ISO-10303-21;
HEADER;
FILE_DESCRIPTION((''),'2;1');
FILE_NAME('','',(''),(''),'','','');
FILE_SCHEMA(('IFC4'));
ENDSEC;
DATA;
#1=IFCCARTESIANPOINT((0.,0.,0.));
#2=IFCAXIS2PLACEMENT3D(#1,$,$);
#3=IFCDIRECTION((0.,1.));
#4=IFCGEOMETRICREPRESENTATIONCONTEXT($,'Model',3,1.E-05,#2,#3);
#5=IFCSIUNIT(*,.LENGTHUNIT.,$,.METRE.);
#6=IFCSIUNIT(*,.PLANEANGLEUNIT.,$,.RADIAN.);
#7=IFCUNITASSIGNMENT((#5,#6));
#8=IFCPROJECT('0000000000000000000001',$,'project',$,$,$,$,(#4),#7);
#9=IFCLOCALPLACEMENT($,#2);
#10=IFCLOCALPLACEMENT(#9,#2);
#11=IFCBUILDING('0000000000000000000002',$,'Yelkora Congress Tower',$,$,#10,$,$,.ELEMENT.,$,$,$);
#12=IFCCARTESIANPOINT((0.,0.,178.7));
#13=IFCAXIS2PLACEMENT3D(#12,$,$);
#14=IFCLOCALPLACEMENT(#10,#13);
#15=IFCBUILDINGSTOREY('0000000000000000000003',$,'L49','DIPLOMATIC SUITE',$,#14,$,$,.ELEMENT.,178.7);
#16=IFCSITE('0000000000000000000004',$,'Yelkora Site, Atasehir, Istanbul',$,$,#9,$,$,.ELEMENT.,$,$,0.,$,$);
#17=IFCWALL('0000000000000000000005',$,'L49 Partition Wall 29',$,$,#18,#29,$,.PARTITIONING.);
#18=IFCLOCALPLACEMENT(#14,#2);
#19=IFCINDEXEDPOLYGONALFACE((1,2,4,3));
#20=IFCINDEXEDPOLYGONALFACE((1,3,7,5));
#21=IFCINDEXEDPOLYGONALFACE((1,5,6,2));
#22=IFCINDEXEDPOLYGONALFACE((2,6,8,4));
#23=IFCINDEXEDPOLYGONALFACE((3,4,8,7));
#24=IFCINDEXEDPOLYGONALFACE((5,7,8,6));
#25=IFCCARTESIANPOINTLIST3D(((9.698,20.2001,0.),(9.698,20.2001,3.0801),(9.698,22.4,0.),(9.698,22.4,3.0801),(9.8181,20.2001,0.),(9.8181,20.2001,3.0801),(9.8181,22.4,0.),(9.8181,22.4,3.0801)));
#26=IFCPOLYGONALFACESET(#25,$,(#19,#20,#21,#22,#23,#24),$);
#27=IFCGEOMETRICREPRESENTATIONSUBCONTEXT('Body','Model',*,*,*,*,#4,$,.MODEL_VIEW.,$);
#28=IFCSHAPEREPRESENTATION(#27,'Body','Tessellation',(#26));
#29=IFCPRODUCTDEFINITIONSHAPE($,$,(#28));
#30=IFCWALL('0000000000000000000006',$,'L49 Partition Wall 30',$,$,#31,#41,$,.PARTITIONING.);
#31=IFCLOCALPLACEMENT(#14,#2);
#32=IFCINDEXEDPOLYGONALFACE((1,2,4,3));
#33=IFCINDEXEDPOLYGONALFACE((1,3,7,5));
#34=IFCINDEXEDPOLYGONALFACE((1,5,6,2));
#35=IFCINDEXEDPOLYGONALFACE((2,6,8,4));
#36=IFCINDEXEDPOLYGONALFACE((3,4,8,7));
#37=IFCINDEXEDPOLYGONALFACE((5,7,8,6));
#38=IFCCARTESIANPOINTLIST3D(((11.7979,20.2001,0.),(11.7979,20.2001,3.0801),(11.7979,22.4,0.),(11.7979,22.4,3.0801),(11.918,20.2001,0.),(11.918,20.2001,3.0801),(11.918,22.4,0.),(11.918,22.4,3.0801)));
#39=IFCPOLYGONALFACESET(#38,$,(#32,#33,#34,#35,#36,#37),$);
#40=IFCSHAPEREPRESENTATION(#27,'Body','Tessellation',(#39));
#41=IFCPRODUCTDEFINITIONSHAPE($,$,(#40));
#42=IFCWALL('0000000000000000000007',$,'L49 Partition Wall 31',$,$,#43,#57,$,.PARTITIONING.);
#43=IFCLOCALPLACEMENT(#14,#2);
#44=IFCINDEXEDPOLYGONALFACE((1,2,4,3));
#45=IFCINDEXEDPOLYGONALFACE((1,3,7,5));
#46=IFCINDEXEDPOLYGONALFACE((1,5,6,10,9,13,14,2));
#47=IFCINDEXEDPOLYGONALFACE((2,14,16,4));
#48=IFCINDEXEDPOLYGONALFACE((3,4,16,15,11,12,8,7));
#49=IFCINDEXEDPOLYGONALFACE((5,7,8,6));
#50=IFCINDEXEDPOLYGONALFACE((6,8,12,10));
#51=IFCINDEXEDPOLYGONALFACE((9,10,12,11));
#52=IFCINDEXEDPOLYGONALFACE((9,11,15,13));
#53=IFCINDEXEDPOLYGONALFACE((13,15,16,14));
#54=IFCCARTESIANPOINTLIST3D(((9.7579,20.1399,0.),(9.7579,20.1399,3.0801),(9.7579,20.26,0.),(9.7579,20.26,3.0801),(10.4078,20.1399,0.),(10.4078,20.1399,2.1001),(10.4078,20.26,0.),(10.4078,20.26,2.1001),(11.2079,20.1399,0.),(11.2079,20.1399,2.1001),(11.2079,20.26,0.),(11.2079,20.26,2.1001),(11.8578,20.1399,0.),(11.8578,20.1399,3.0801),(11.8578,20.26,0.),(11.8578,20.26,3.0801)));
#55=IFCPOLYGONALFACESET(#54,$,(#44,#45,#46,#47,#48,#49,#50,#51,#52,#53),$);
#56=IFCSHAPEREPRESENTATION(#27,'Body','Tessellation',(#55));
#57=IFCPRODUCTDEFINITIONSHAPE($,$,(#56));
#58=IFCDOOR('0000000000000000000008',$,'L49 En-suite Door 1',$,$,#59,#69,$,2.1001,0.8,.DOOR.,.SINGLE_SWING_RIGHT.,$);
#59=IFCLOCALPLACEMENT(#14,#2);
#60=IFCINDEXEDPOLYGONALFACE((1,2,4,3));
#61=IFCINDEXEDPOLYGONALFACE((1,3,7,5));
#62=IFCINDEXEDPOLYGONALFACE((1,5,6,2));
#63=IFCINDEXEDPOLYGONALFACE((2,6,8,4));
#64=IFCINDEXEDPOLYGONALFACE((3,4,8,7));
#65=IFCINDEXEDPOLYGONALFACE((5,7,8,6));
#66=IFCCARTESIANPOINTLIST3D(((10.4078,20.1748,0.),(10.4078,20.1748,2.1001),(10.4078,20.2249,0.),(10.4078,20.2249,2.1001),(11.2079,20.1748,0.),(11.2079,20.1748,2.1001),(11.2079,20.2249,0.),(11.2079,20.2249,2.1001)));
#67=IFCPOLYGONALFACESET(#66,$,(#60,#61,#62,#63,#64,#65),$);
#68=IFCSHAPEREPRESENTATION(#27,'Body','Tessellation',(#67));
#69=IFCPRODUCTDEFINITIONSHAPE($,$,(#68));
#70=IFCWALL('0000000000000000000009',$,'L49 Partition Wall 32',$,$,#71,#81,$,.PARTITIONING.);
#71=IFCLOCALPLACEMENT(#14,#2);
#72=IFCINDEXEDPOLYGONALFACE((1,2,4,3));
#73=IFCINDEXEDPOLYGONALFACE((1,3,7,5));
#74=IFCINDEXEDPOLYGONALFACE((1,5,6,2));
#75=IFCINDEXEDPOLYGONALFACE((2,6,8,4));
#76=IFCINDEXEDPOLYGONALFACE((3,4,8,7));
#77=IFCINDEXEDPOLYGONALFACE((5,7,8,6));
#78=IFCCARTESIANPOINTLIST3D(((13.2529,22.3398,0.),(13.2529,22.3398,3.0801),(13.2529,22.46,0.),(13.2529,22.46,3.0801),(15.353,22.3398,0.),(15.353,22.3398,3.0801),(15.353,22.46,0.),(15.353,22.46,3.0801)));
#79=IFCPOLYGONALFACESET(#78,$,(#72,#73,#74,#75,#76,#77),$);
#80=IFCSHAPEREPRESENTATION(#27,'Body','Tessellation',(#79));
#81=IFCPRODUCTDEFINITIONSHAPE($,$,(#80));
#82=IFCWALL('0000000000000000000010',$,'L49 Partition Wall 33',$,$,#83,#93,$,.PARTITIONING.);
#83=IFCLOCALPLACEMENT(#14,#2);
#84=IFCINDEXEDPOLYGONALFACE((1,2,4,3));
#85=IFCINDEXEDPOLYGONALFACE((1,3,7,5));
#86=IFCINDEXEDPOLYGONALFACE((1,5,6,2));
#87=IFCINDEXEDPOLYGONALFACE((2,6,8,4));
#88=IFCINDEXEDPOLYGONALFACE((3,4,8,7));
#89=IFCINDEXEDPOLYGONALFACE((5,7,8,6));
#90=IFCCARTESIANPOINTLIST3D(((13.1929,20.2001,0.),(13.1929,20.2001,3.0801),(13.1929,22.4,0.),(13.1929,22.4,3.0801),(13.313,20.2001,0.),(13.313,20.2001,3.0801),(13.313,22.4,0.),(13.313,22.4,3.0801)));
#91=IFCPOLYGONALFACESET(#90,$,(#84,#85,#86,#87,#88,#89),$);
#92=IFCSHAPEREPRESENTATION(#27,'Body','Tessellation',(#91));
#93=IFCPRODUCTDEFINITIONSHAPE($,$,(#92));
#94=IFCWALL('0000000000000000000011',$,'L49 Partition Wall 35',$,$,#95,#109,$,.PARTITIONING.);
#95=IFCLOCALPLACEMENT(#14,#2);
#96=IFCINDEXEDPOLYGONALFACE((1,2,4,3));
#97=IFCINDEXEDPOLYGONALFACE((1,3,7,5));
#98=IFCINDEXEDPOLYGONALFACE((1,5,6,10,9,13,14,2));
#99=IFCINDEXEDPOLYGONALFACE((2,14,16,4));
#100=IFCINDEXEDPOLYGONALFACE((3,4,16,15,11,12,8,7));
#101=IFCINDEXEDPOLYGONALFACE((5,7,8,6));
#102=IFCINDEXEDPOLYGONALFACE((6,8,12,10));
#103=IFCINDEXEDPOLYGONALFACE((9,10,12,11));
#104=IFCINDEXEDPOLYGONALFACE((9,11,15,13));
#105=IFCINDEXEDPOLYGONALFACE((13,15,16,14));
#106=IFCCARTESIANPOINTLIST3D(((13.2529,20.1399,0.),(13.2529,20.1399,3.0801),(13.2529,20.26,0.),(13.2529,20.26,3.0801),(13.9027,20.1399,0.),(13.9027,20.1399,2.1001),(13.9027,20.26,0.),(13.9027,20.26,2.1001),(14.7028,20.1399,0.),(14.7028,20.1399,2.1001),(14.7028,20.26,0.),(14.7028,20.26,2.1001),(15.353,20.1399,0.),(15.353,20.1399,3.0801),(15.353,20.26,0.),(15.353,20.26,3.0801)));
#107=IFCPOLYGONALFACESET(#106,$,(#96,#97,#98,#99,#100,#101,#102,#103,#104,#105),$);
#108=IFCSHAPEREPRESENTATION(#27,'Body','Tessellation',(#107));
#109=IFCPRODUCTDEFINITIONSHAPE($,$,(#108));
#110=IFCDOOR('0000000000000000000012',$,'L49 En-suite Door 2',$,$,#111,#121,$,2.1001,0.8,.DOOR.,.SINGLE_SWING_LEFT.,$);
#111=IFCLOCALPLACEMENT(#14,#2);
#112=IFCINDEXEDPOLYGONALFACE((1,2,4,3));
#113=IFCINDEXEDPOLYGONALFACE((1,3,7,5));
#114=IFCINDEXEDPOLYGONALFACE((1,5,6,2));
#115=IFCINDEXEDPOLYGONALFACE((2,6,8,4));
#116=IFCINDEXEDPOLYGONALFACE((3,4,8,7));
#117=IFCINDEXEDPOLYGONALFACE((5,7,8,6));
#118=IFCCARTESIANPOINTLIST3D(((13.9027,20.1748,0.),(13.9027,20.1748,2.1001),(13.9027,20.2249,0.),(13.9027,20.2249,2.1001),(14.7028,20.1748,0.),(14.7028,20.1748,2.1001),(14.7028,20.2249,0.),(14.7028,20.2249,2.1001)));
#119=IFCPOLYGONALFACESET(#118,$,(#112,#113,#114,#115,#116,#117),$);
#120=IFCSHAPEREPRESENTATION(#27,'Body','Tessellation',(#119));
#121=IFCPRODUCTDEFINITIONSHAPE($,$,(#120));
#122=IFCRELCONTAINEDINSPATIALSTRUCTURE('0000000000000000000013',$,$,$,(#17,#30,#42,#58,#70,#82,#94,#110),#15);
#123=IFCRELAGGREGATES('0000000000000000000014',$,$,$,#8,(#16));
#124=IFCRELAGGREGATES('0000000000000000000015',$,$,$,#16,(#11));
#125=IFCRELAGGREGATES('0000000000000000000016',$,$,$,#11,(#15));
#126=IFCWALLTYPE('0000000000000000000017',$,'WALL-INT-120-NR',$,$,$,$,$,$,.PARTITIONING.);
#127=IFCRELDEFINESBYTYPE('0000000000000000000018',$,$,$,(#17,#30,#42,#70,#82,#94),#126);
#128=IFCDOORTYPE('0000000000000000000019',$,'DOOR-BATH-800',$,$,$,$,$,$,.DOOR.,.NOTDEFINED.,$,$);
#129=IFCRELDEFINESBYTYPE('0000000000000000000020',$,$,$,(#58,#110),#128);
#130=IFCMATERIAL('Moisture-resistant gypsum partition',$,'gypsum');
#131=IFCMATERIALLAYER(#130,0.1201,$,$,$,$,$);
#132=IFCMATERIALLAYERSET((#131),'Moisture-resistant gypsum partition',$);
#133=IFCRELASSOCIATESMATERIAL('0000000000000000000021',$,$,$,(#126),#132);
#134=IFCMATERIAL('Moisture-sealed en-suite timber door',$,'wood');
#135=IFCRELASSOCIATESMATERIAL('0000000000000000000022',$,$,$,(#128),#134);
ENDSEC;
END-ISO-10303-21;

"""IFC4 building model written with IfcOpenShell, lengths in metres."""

from ifc_helpers import new_model, si_unit, direction, frame, frame_2d, origin, place, context, subcontext, project, spatial, rectangle, extrude, material, layer, layer_set, type_object, element, fill, save


model = new_model("IFC4")

# Units and contexts
model_context = context("Model", 3, precision=1e-05, world=origin(), true_north=direction((0.0, 1.0)))
body_context = subcontext(model_context, "Body", "Model", "MODEL_VIEW")
ifc_project = project(units=[si_unit("LENGTHUNIT", "METRE"), si_unit("PLANEANGLEUNIT", "RADIAN")], contexts=[model_context])

# Site, building, storey
site_placement = place(None, origin())
site = spatial("IfcSite", under=ifc_project, at=site_placement, Name="Yelkora Site, Atasehir, Istanbul", CompositionType="ELEMENT", RefElevation=0.0)
building_placement = place(site_placement, origin())
building = spatial("IfcBuilding", under=site, at=building_placement, Name="Yelkora Congress Tower", CompositionType="ELEMENT")
storey_placement = place(building_placement, frame((0.0, 0.0, 178.7)))
storey = spatial("IfcBuildingStorey", under=building, at=storey_placement, Name="L49", Description="DIPLOMATIC SUITE", CompositionType="ELEMENT", Elevation=178.7)

# Walls
ifc_material_1 = material(Name="Moisture-resistant gypsum partition", Category="gypsum")
ifc_layer_1 = layer(ifc_material_1, 0.1201)
ifc_layer_set_1 = layer_set([ifc_layer_1], Name="Moisture-resistant gypsum partition")
wall_type = type_object("IfcWallType", Name="WALL-INT-120-NR", PredefinedType="PARTITIONING", material=ifc_layer_set_1)
for number, where, z_axis, x_axis, name in (
    (1, (9.7581, 20.2, 0.0), (0.0, 0.0, 1.0), (0.0, 1.0, 0.0), "L49 Partition Wall 29"),
    (2, (11.8579, 20.2, 0.0), (0.0, 0.0, 1.0), (0.0, 1.0, 0.0), "L49 Partition Wall 30"),
):
    element("IfcWall", number, at=place(storey_placement, frame(where, z_axis=z_axis, x_axis=x_axis)), inside=storey, type_object=wall_type, Name=name, PredefinedType="PARTITIONING", context=body_context, shape_type="SweptSolid", body=[
        extrude(rectangle(XDim=2.2, YDim=0.1201, at=frame_2d((1.1001, 0.0))), origin(), (0.0, 0.0, 1.0), 3.0801),
    ])

# Wall, opening, door
wall_1_placement = place(storey_placement, frame((9.7581, 20.2, 0.0), z_axis=(0.0, 0.0, 1.0), x_axis=(1.0, 0.0, 0.0)))
wall_1 = element("IfcWall", 3, at=wall_1_placement, inside=storey, type_object=wall_type, Name="L49 Partition Wall 31", PredefinedType="PARTITIONING", context=body_context, shape_type="SweptSolid", body=[
    extrude(rectangle(XDim=2.0999, YDim=0.1201, at=frame_2d((1.0498, 0.0))), origin(), (0.0, 0.0, 1.0), 3.0801),
])
opening_1_placement = place(wall_1_placement, frame((0.6499, 0.0, 0.0)))
opening_1 = element("IfcOpeningElement", 4, at=opening_1_placement, cuts=wall_1, PredefinedType="OPENING", context=body_context, shape_type="SweptSolid", body=[
    extrude(rectangle(XDim=0.8, YDim=2.1001, at=frame_2d((0.3999, 1.05))), frame((0.0, 0.0701, 0.0), z_axis=(0.0, -1.0, 0.0), x_axis=(1.0, 0.0, 0.0)), (0.0, 0.0, 1.0), 0.1401),
])
ifc_material_2 = material(Name="Moisture-sealed en-suite timber door", Category="wood")
door_type = type_object("IfcDoorType", Name="DOOR-BATH-800", OperationType="NOTDEFINED", PredefinedType="DOOR", material=ifc_material_2)
door_1_placement = place(opening_1_placement, origin())
door_1 = element("IfcDoor", 5, at=door_1_placement, inside=storey, type_object=door_type, Name="L49 En-suite Door 1", OperationType="SINGLE_SWING_RIGHT", OverallHeight=2.1001, OverallWidth=0.8, PredefinedType="DOOR", context=body_context, shape_type="SweptSolid", body=[
    extrude(rectangle(XDim=0.8, YDim=2.1001, at=frame_2d((0.3999, 1.05))), frame((0.0, 0.0249, 0.0), z_axis=(0.0, -1.0, 0.0), x_axis=(1.0, 0.0, 0.0)), (0.0, 0.0, 1.0), 0.05),
])
fill(opening_1, door_1)

# Walls
wall_2_placement = place(storey_placement, frame((13.2529, 22.3999, 0.0), z_axis=(0.0, 0.0, 1.0), x_axis=(1.0, 0.0, 0.0)))
element("IfcWall", 6, at=wall_2_placement, inside=storey, type_object=wall_type, Name="L49 Partition Wall 32", PredefinedType="PARTITIONING", context=body_context, shape_type="SweptSolid", body=[
    extrude(rectangle(XDim=2.1001, YDim=0.1201, at=frame_2d((1.05, 0.0))), origin(), (0.0, 0.0, 1.0), 3.0801),
])
wall_3_placement = place(storey_placement, frame((13.2529, 20.2, 0.0), z_axis=(0.0, 0.0, 1.0), x_axis=(0.0, 1.0, 0.0)))
element("IfcWall", 7, at=wall_3_placement, inside=storey, type_object=wall_type, Name="L49 Partition Wall 33", PredefinedType="PARTITIONING", context=body_context, shape_type="SweptSolid", body=[
    extrude(rectangle(XDim=2.2, YDim=0.1201, at=frame_2d((1.1001, 0.0))), origin(), (0.0, 0.0, 1.0), 3.0801),
])

# Wall, opening, door
wall_4_placement = place(storey_placement, frame((13.2529, 20.2, 0.0), z_axis=(0.0, 0.0, 1.0), x_axis=(1.0, 0.0, 0.0)))
wall_4 = element("IfcWall", 8, at=wall_4_placement, inside=storey, type_object=wall_type, Name="L49 Partition Wall 35", PredefinedType="PARTITIONING", context=body_context, shape_type="SweptSolid", body=[
    extrude(rectangle(XDim=2.1001, YDim=0.1201, at=frame_2d((1.05, 0.0))), origin(), (0.0, 0.0, 1.0), 3.0801),
])
opening_2_placement = place(wall_4_placement, frame((0.6499, 0.0, 0.0)))
opening_2 = element("IfcOpeningElement", 9, at=opening_2_placement, cuts=wall_4, PredefinedType="OPENING", context=body_context, shape_type="SweptSolid", body=[
    extrude(rectangle(XDim=0.8, YDim=2.1001, at=frame_2d((0.3999, 1.05))), frame((0.0, 0.0701, 0.0), z_axis=(0.0, -1.0, 0.0), x_axis=(1.0, 0.0, 0.0)), (0.0, 0.0, 1.0), 0.1401),
])
door_2_placement = place(opening_2_placement, origin())
door_2 = element("IfcDoor", 10, at=door_2_placement, inside=storey, type_object=door_type, Name="L49 En-suite Door 2", OperationType="SINGLE_SWING_LEFT", OverallHeight=2.1001, OverallWidth=0.8, PredefinedType="DOOR", context=body_context, shape_type="SweptSolid", body=[
    extrude(rectangle(XDim=0.8, YDim=2.1001, at=frame_2d((0.3999, 1.05))), frame((0.0, 0.0249, 0.0), z_axis=(0.0, -1.0, 0.0), x_axis=(1.0, 0.0, 0.0)), (0.0, 0.0, 1.0), 0.05),
])
fill(opening_2, door_2)

save(model, "model.ifc")
